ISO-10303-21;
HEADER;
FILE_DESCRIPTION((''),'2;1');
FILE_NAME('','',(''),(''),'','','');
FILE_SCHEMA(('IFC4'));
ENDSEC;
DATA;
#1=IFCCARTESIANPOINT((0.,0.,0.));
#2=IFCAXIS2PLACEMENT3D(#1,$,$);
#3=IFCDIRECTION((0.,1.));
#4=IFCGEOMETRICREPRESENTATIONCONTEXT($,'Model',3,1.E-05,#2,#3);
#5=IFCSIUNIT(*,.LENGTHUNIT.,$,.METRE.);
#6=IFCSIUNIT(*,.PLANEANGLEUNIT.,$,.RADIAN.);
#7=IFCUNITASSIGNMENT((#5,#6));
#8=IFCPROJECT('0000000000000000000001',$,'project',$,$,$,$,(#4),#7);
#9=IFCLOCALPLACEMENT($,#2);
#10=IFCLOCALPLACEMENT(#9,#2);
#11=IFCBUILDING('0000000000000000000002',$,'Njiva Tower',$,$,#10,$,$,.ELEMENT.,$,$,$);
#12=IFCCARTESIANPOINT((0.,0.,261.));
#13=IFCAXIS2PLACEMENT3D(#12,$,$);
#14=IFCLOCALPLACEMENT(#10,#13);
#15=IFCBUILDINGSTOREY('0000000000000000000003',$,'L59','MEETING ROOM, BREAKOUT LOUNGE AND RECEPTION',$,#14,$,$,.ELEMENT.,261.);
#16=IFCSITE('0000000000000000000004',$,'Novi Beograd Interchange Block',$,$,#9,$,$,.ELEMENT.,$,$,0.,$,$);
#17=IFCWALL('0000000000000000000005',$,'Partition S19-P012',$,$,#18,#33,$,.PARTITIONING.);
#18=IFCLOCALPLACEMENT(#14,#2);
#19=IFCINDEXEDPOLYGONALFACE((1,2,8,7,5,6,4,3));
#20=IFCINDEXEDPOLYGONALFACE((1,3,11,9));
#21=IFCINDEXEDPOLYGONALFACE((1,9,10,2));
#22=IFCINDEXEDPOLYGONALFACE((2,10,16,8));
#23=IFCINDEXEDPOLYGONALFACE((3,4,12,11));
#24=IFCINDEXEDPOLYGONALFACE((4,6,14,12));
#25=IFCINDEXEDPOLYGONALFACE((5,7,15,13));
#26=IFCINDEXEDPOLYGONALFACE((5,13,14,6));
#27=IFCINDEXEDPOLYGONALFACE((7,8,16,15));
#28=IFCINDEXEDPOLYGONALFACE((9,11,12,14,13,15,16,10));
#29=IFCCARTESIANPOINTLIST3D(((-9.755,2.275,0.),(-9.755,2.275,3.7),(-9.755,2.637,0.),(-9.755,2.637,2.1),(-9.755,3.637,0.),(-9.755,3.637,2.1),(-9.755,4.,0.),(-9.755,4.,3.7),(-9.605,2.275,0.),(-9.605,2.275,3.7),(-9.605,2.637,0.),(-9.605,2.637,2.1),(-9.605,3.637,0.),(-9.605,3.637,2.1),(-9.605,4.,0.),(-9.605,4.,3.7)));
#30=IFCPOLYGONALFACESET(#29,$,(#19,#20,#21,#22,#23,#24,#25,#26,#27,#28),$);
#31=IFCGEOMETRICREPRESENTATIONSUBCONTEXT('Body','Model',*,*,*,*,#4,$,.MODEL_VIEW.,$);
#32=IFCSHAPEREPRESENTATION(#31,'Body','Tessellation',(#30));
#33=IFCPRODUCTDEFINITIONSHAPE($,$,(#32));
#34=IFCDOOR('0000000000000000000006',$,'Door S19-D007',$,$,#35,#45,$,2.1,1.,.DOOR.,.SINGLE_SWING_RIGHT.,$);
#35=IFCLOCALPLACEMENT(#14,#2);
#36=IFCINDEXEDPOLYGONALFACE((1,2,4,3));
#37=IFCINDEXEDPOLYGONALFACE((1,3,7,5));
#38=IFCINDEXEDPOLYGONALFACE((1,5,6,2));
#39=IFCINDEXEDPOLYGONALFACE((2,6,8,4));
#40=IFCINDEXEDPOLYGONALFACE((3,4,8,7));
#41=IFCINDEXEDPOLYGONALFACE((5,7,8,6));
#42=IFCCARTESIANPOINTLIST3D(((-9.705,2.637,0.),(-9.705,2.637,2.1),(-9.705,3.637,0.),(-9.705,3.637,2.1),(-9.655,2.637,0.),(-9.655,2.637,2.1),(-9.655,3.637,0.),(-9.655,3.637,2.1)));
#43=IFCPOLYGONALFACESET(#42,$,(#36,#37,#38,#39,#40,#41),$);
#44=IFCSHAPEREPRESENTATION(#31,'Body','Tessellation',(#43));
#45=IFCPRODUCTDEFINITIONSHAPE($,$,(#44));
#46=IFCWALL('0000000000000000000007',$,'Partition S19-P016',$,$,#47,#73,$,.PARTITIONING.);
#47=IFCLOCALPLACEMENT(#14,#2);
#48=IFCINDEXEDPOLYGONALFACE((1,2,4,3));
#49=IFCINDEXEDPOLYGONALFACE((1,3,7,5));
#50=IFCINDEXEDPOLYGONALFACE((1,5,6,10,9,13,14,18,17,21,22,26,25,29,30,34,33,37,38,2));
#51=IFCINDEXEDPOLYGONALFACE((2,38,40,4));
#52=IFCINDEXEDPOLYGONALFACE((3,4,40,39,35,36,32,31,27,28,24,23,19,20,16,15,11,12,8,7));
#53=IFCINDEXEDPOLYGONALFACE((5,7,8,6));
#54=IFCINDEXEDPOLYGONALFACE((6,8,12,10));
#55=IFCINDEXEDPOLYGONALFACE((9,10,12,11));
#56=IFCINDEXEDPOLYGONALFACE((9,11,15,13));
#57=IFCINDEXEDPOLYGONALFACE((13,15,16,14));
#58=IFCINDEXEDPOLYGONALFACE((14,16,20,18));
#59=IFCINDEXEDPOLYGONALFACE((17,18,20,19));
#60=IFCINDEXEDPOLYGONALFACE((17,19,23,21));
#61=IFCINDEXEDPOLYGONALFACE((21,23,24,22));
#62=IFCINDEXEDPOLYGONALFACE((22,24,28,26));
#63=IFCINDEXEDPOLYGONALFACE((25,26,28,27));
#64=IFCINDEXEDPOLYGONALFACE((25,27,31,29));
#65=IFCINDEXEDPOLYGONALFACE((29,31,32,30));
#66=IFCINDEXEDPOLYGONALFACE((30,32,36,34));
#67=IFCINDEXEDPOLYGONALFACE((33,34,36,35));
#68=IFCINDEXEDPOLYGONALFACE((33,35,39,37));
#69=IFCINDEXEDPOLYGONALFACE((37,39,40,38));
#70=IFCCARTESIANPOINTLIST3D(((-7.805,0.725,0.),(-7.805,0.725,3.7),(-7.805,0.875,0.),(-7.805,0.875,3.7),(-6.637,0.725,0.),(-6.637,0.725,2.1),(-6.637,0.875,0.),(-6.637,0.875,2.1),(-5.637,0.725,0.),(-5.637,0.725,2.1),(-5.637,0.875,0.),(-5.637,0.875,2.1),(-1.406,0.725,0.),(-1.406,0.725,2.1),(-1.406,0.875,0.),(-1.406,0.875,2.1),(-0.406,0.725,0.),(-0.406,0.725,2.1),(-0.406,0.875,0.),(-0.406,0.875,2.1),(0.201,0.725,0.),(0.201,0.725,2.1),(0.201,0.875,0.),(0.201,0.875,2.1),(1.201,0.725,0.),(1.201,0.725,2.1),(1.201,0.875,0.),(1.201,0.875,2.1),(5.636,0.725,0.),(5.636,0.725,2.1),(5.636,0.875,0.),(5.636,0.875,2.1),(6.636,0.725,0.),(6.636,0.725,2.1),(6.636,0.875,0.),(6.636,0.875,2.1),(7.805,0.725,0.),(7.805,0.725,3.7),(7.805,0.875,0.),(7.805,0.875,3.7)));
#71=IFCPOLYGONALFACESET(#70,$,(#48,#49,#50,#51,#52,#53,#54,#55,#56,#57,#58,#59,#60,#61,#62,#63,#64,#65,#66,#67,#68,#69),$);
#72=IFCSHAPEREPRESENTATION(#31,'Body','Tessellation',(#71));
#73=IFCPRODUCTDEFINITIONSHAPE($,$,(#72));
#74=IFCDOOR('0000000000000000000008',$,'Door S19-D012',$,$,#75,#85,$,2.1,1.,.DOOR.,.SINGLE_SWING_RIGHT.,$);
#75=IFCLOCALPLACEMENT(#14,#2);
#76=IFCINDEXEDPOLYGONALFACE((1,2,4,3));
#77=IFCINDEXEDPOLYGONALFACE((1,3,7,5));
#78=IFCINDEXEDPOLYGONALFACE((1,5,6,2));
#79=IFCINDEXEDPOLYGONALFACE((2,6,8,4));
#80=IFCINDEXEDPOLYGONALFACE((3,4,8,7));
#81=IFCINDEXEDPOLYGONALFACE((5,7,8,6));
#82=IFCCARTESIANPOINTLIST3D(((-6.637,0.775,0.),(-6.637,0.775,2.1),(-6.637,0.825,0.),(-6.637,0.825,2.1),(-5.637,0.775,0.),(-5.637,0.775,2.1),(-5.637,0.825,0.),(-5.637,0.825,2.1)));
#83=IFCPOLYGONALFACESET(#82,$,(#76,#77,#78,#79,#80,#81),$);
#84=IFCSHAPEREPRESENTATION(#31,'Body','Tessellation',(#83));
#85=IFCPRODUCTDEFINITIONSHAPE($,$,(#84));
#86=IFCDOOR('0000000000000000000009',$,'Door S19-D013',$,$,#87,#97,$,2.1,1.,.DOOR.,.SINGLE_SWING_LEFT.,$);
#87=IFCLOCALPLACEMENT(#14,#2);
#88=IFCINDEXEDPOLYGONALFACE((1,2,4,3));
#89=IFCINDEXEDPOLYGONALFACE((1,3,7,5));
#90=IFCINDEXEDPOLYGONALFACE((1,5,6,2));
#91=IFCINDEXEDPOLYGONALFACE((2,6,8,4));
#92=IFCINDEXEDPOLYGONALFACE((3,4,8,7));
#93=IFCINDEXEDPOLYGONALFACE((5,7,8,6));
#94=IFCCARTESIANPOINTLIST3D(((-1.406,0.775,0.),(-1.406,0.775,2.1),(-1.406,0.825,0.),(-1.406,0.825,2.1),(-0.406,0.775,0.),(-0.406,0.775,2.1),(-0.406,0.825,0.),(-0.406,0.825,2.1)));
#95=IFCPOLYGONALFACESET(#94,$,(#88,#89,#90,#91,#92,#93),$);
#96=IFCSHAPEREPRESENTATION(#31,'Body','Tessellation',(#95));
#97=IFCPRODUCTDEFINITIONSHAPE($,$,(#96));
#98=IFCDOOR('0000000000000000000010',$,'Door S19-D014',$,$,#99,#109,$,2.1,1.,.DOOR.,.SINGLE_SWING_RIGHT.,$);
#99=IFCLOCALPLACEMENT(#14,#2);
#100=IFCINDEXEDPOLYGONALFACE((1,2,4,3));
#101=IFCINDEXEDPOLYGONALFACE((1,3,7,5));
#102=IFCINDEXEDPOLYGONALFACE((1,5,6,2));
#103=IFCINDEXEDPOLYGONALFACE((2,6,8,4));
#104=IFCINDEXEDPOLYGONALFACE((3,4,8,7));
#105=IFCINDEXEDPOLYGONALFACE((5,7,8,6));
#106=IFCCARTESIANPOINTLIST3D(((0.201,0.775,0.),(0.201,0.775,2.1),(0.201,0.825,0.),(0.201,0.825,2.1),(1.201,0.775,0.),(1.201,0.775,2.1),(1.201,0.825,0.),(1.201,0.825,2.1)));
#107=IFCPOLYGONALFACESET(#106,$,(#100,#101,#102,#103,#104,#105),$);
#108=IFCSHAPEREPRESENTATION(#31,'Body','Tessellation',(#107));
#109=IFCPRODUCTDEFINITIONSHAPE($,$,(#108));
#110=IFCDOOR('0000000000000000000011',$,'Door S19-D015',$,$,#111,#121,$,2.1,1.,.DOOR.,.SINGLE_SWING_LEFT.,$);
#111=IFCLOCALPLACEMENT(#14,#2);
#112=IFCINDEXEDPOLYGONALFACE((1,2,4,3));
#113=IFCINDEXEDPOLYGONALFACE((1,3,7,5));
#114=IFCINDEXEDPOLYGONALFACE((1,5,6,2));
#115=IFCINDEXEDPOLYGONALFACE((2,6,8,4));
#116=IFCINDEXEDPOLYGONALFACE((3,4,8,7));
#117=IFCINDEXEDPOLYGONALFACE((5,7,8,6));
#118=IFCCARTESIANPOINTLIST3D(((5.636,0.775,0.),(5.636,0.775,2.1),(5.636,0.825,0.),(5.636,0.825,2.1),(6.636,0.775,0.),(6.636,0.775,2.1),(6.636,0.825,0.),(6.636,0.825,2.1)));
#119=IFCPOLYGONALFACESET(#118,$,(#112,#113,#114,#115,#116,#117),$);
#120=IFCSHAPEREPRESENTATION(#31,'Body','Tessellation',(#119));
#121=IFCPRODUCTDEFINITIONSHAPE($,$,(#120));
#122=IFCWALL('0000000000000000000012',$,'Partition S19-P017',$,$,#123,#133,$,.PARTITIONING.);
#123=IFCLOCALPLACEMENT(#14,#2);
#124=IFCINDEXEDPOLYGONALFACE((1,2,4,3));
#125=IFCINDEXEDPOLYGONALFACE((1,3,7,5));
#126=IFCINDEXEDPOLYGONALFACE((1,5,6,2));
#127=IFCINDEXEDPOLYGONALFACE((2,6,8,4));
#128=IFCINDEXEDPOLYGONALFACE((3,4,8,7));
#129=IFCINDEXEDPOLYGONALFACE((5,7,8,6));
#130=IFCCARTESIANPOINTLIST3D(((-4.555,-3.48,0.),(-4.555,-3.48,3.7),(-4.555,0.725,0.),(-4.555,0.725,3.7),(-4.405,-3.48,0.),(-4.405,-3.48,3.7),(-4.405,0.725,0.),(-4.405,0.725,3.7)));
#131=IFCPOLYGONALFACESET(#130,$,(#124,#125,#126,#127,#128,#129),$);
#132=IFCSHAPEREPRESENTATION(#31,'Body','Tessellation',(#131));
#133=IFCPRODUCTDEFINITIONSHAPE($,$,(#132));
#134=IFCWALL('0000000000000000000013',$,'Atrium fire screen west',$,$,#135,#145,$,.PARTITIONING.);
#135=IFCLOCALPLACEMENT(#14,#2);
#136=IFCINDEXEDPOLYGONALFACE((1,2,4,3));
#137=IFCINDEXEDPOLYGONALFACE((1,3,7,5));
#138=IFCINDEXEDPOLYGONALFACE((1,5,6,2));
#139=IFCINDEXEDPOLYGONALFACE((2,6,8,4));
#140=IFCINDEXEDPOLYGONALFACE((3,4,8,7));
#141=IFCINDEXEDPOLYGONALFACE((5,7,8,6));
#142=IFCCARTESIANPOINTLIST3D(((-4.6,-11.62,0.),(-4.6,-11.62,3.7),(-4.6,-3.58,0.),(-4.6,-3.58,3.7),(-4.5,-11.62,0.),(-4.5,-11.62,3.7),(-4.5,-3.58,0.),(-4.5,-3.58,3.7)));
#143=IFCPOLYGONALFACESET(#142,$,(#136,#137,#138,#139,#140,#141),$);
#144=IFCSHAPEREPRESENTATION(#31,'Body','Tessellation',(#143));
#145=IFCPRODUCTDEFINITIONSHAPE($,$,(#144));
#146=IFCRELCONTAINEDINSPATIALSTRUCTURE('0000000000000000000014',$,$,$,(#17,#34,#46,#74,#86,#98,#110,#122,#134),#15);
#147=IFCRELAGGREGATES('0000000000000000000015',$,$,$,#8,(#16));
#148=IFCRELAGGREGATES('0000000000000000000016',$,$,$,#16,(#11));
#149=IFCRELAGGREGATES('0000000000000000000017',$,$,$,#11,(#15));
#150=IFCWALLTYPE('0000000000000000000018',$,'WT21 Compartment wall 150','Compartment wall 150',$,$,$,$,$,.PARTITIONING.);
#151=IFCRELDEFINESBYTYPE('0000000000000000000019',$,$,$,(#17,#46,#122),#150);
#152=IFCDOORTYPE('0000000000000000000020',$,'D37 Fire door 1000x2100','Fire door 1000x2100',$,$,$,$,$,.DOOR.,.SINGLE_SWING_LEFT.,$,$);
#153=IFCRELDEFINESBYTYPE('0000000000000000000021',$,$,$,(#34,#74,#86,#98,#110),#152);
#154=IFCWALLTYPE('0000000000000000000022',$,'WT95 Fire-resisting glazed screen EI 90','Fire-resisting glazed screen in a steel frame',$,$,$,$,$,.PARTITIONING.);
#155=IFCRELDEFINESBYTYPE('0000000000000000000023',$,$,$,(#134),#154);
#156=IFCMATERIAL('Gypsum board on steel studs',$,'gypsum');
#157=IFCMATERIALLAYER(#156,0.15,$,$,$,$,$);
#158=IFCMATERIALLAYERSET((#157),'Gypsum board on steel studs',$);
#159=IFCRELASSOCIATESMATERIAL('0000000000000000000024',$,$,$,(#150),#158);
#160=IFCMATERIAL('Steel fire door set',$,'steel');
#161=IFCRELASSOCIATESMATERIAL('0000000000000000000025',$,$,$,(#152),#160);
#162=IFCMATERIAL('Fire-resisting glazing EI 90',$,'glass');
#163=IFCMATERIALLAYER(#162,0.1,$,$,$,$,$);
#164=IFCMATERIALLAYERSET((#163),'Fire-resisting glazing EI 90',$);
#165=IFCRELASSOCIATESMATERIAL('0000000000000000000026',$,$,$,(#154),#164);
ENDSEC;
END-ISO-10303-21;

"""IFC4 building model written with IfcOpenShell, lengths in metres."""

from ifc_helpers import new_model, si_unit, direction, frame, frame_2d, origin, place, context, subcontext, project, spatial, rectangle, extrude, material, layer, layer_set, type_object, element, fill, save


model = new_model("IFC4")

# Units and contexts
model_context = context("Model", 3, precision=1e-05, world=origin(), true_north=direction((0.0, 1.0)))
body_context = subcontext(model_context, "Body", "Model", "MODEL_VIEW")
ifc_project = project(units=[si_unit("LENGTHUNIT", "METRE"), si_unit("PLANEANGLEUNIT", "RADIAN")], contexts=[model_context])

# Site, building, storey
site_placement = place(None, origin())
site = spatial("IfcSite", under=ifc_project, at=site_placement, Name="Novi Beograd Interchange Block", CompositionType="ELEMENT", RefElevation=0.0)
building_placement = place(site_placement, origin())
building = spatial("IfcBuilding", under=site, at=building_placement, Name="Njiva Tower", CompositionType="ELEMENT")
storey_placement = place(building_placement, frame((0.0, 0.0, 261.0)))
storey = spatial("IfcBuildingStorey", under=building, at=storey_placement, Name="L59", Description="MEETING ROOM, BREAKOUT LOUNGE AND RECEPTION", CompositionType="ELEMENT", Elevation=261.0)

# Shared definitions
ifc_material_1 = material(Name="Gypsum board on steel studs", Category="gypsum")

# Wall, opening, door
ifc_layer_1 = layer(ifc_material_1, 0.15)
ifc_layer_set_1 = layer_set([ifc_layer_1], Name="Gypsum board on steel studs")
wall_type_1 = type_object("IfcWallType", Name="WT21 Compartment wall 150", Description="Compartment wall 150", PredefinedType="PARTITIONING", material=ifc_layer_set_1)
wall_1_placement = place(storey_placement, frame((-9.68, 2.275, 0.0), z_axis=(0.0, 0.0, 1.0), x_axis=(0.0, 1.0, 0.0)))
wall_1 = element("IfcWall", 1, at=wall_1_placement, inside=storey, type_object=wall_type_1, Name="Partition S19-P012", PredefinedType="PARTITIONING", context=body_context, shape_type="SweptSolid", body=[
    extrude(rectangle(XDim=1.725, YDim=0.15, at=frame_2d((0.8625, 0.0))), origin(), (0.0, 0.0, 1.0), 3.7),
])
opening_1_placement = place(wall_1_placement, frame((0.362, 0.0, 0.0)))
opening_1 = element("IfcOpeningElement", 2, at=opening_1_placement, cuts=wall_1, PredefinedType="OPENING", context=body_context, shape_type="SweptSolid", body=[
    extrude(rectangle(XDim=1.0, YDim=2.1, at=frame_2d((0.5, 1.05))), frame((0.0, 0.085, 0.0), z_axis=(0.0, -1.0, 0.0), x_axis=(1.0, 0.0, 0.0)), (0.0, 0.0, 1.0), 0.17),
])
ifc_material_2 = material(Name="Steel fire door set", Category="steel")
door_type = type_object("IfcDoorType", Name="D37 Fire door 1000x2100", Description="Fire door 1000x2100", OperationType="SINGLE_SWING_LEFT", PredefinedType="DOOR", material=ifc_material_2)
door_1_placement = place(opening_1_placement, origin())
door_1 = element("IfcDoor", 3, at=door_1_placement, inside=storey, type_object=door_type, Name="Door S19-D007", OperationType="SINGLE_SWING_RIGHT", OverallHeight=2.1, OverallWidth=1.0, PredefinedType="DOOR", context=body_context, shape_type="SweptSolid", body=[
    extrude(rectangle(XDim=1.0, YDim=2.1, at=frame_2d((0.5, 1.05))), frame((0.0, 0.025, 0.0), z_axis=(0.0, -1.0, 0.0), x_axis=(1.0, 0.0, 0.0)), (0.0, 0.0, 1.0), 0.05),
])
fill(opening_1, door_1)

# Wall, openings, doors
wall_2_placement = place(storey_placement, frame((-7.805, 0.8, 0.0), z_axis=(0.0, 0.0, 1.0), x_axis=(1.0, 0.0, 0.0)))
wall_2 = element("IfcWall", 4, at=wall_2_placement, inside=storey, type_object=wall_type_1, Name="Partition S19-P016", PredefinedType="PARTITIONING", context=body_context, shape_type="SweptSolid", body=[
    extrude(rectangle(XDim=15.61, YDim=0.15, at=frame_2d((7.805, 0.0))), origin(), (0.0, 0.0, 1.0), 3.7),
])
opening_2_placement = place(wall_2_placement, frame((1.168, 0.0, 0.0)))
opening_2 = element("IfcOpeningElement", 5, at=opening_2_placement, cuts=wall_2, PredefinedType="OPENING", context=body_context, shape_type="SweptSolid", body=[
    extrude(rectangle(XDim=1.0, YDim=2.1, at=frame_2d((0.5, 1.05))), frame((0.0, 0.085, 0.0), z_axis=(0.0, -1.0, 0.0), x_axis=(1.0, 0.0, 0.0)), (0.0, 0.0, 1.0), 0.17),
])
opening_3_placement = place(wall_2_placement, frame((6.399, 0.0, 0.0)))
opening_3 = element("IfcOpeningElement", 6, at=opening_3_placement, cuts=wall_2, PredefinedType="OPENING", context=body_context, shape_type="SweptSolid", body=[
    extrude(rectangle(XDim=1.0, YDim=2.1, at=frame_2d((0.5, 1.05))), frame((0.0, 0.085, 0.0), z_axis=(0.0, -1.0, 0.0), x_axis=(1.0, 0.0, 0.0)), (0.0, 0.0, 1.0), 0.17),
])
opening_4_placement = place(wall_2_placement, frame((8.006, 0.0, 0.0)))
opening_4 = element("IfcOpeningElement", 7, at=opening_4_placement, cuts=wall_2, PredefinedType="OPENING", context=body_context, shape_type="SweptSolid", body=[
    extrude(rectangle(XDim=1.0, YDim=2.1, at=frame_2d((0.5, 1.05))), frame((0.0, 0.085, 0.0), z_axis=(0.0, -1.0, 0.0), x_axis=(1.0, 0.0, 0.0)), (0.0, 0.0, 1.0), 0.17),
])
opening_5_placement = place(wall_2_placement, frame((13.441, 0.0, 0.0)))
opening_5 = element("IfcOpeningElement", 8, at=opening_5_placement, cuts=wall_2, PredefinedType="OPENING", context=body_context, shape_type="SweptSolid", body=[
    extrude(rectangle(XDim=1.0, YDim=2.1, at=frame_2d((0.5, 1.05))), frame((0.0, 0.085, 0.0), z_axis=(0.0, -1.0, 0.0), x_axis=(1.0, 0.0, 0.0)), (0.0, 0.0, 1.0), 0.17),
])
door_2_placement = place(opening_2_placement, origin())
door_2 = element("IfcDoor", 9, at=door_2_placement, inside=storey, type_object=door_type, Name="Door S19-D012", OperationType="SINGLE_SWING_RIGHT", OverallHeight=2.1, OverallWidth=1.0, PredefinedType="DOOR", context=body_context, shape_type="SweptSolid", body=[
    extrude(rectangle(XDim=1.0, YDim=2.1, at=frame_2d((0.5, 1.05))), frame((0.0, 0.025, 0.0), z_axis=(0.0, -1.0, 0.0), x_axis=(1.0, 0.0, 0.0)), (0.0, 0.0, 1.0), 0.05),
])
fill(opening_2, door_2)
door_3_placement = place(opening_3_placement, origin())
door_3 = element("IfcDoor", 10, at=door_3_placement, inside=storey, type_object=door_type, Name="Door S19-D013", OperationType="SINGLE_SWING_LEFT", OverallHeight=2.1, OverallWidth=1.0, PredefinedType="DOOR", context=body_context, shape_type="SweptSolid", body=[
    extrude(rectangle(XDim=1.0, YDim=2.1, at=frame_2d((0.5, 1.05))), frame((0.0, 0.025, 0.0), z_axis=(0.0, -1.0, 0.0), x_axis=(1.0, 0.0, 0.0)), (0.0, 0.0, 1.0), 0.05),
])
fill(opening_3, door_3)
door_4_placement = place(opening_4_placement, origin())
door_4 = element("IfcDoor", 11, at=door_4_placement, inside=storey, type_object=door_type, Name="Door S19-D014", OperationType="SINGLE_SWING_RIGHT", OverallHeight=2.1, OverallWidth=1.0, PredefinedType="DOOR", context=body_context, shape_type="SweptSolid", body=[
    extrude(rectangle(XDim=1.0, YDim=2.1, at=frame_2d((0.5, 1.05))), frame((0.0, 0.025, 0.0), z_axis=(0.0, -1.0, 0.0), x_axis=(1.0, 0.0, 0.0)), (0.0, 0.0, 1.0), 0.05),
])
fill(opening_4, door_4)
door_5_placement = place(opening_5_placement, origin())
door_5 = element("IfcDoor", 12, at=door_5_placement, inside=storey, type_object=door_type, Name="Door S19-D015", OperationType="SINGLE_SWING_LEFT", OverallHeight=2.1, OverallWidth=1.0, PredefinedType="DOOR", context=body_context, shape_type="SweptSolid", body=[
    extrude(rectangle(XDim=1.0, YDim=2.1, at=frame_2d((0.5, 1.05))), frame((0.0, 0.025, 0.0), z_axis=(0.0, -1.0, 0.0), x_axis=(1.0, 0.0, 0.0)), (0.0, 0.0, 1.0), 0.05),
])
fill(opening_5, door_5)

# Walls
wall_3_placement = place(storey_placement, frame((-4.48, -3.48, 0.0), z_axis=(0.0, 0.0, 1.0), x_axis=(0.0, 1.0, 0.0)))
element("IfcWall", 13, at=wall_3_placement, inside=storey, type_object=wall_type_1, Name="Partition S19-P017", PredefinedType="PARTITIONING", context=body_context, shape_type="SweptSolid", body=[
    extrude(rectangle(XDim=4.205, YDim=0.15, at=frame_2d((2.1025, 0.0))), origin(), (0.0, 0.0, 1.0), 3.7),
])
ifc_material_3 = material(Name="Fire-resisting glazing EI 90", Category="glass")
ifc_layer_2 = layer(ifc_material_3, 0.1)
ifc_layer_set_2 = layer_set([ifc_layer_2], Name="Fire-resisting glazing EI 90")
wall_type_2 = type_object("IfcWallType", Name="WT95 Fire-resisting glazed screen EI 90", Description="Fire-resisting glazed screen in a steel frame", PredefinedType="PARTITIONING", material=ifc_layer_set_2)
wall_4_placement = place(storey_placement, frame((-4.55, -3.58, 0.0), z_axis=(0.0, 0.0, 1.0), x_axis=(0.0, -1.0, 0.0)))
element("IfcWall", 14, at=wall_4_placement, inside=storey, type_object=wall_type_2, Name="Atrium fire screen west", PredefinedType="PARTITIONING", context=body_context, shape_type="SweptSolid", body=[
    extrude(rectangle(XDim=8.04, YDim=0.1, at=frame_2d((4.02, 0.0))), origin(), (0.0, 0.0, 1.0), 3.7),
])

save(model, "model.ifc")
